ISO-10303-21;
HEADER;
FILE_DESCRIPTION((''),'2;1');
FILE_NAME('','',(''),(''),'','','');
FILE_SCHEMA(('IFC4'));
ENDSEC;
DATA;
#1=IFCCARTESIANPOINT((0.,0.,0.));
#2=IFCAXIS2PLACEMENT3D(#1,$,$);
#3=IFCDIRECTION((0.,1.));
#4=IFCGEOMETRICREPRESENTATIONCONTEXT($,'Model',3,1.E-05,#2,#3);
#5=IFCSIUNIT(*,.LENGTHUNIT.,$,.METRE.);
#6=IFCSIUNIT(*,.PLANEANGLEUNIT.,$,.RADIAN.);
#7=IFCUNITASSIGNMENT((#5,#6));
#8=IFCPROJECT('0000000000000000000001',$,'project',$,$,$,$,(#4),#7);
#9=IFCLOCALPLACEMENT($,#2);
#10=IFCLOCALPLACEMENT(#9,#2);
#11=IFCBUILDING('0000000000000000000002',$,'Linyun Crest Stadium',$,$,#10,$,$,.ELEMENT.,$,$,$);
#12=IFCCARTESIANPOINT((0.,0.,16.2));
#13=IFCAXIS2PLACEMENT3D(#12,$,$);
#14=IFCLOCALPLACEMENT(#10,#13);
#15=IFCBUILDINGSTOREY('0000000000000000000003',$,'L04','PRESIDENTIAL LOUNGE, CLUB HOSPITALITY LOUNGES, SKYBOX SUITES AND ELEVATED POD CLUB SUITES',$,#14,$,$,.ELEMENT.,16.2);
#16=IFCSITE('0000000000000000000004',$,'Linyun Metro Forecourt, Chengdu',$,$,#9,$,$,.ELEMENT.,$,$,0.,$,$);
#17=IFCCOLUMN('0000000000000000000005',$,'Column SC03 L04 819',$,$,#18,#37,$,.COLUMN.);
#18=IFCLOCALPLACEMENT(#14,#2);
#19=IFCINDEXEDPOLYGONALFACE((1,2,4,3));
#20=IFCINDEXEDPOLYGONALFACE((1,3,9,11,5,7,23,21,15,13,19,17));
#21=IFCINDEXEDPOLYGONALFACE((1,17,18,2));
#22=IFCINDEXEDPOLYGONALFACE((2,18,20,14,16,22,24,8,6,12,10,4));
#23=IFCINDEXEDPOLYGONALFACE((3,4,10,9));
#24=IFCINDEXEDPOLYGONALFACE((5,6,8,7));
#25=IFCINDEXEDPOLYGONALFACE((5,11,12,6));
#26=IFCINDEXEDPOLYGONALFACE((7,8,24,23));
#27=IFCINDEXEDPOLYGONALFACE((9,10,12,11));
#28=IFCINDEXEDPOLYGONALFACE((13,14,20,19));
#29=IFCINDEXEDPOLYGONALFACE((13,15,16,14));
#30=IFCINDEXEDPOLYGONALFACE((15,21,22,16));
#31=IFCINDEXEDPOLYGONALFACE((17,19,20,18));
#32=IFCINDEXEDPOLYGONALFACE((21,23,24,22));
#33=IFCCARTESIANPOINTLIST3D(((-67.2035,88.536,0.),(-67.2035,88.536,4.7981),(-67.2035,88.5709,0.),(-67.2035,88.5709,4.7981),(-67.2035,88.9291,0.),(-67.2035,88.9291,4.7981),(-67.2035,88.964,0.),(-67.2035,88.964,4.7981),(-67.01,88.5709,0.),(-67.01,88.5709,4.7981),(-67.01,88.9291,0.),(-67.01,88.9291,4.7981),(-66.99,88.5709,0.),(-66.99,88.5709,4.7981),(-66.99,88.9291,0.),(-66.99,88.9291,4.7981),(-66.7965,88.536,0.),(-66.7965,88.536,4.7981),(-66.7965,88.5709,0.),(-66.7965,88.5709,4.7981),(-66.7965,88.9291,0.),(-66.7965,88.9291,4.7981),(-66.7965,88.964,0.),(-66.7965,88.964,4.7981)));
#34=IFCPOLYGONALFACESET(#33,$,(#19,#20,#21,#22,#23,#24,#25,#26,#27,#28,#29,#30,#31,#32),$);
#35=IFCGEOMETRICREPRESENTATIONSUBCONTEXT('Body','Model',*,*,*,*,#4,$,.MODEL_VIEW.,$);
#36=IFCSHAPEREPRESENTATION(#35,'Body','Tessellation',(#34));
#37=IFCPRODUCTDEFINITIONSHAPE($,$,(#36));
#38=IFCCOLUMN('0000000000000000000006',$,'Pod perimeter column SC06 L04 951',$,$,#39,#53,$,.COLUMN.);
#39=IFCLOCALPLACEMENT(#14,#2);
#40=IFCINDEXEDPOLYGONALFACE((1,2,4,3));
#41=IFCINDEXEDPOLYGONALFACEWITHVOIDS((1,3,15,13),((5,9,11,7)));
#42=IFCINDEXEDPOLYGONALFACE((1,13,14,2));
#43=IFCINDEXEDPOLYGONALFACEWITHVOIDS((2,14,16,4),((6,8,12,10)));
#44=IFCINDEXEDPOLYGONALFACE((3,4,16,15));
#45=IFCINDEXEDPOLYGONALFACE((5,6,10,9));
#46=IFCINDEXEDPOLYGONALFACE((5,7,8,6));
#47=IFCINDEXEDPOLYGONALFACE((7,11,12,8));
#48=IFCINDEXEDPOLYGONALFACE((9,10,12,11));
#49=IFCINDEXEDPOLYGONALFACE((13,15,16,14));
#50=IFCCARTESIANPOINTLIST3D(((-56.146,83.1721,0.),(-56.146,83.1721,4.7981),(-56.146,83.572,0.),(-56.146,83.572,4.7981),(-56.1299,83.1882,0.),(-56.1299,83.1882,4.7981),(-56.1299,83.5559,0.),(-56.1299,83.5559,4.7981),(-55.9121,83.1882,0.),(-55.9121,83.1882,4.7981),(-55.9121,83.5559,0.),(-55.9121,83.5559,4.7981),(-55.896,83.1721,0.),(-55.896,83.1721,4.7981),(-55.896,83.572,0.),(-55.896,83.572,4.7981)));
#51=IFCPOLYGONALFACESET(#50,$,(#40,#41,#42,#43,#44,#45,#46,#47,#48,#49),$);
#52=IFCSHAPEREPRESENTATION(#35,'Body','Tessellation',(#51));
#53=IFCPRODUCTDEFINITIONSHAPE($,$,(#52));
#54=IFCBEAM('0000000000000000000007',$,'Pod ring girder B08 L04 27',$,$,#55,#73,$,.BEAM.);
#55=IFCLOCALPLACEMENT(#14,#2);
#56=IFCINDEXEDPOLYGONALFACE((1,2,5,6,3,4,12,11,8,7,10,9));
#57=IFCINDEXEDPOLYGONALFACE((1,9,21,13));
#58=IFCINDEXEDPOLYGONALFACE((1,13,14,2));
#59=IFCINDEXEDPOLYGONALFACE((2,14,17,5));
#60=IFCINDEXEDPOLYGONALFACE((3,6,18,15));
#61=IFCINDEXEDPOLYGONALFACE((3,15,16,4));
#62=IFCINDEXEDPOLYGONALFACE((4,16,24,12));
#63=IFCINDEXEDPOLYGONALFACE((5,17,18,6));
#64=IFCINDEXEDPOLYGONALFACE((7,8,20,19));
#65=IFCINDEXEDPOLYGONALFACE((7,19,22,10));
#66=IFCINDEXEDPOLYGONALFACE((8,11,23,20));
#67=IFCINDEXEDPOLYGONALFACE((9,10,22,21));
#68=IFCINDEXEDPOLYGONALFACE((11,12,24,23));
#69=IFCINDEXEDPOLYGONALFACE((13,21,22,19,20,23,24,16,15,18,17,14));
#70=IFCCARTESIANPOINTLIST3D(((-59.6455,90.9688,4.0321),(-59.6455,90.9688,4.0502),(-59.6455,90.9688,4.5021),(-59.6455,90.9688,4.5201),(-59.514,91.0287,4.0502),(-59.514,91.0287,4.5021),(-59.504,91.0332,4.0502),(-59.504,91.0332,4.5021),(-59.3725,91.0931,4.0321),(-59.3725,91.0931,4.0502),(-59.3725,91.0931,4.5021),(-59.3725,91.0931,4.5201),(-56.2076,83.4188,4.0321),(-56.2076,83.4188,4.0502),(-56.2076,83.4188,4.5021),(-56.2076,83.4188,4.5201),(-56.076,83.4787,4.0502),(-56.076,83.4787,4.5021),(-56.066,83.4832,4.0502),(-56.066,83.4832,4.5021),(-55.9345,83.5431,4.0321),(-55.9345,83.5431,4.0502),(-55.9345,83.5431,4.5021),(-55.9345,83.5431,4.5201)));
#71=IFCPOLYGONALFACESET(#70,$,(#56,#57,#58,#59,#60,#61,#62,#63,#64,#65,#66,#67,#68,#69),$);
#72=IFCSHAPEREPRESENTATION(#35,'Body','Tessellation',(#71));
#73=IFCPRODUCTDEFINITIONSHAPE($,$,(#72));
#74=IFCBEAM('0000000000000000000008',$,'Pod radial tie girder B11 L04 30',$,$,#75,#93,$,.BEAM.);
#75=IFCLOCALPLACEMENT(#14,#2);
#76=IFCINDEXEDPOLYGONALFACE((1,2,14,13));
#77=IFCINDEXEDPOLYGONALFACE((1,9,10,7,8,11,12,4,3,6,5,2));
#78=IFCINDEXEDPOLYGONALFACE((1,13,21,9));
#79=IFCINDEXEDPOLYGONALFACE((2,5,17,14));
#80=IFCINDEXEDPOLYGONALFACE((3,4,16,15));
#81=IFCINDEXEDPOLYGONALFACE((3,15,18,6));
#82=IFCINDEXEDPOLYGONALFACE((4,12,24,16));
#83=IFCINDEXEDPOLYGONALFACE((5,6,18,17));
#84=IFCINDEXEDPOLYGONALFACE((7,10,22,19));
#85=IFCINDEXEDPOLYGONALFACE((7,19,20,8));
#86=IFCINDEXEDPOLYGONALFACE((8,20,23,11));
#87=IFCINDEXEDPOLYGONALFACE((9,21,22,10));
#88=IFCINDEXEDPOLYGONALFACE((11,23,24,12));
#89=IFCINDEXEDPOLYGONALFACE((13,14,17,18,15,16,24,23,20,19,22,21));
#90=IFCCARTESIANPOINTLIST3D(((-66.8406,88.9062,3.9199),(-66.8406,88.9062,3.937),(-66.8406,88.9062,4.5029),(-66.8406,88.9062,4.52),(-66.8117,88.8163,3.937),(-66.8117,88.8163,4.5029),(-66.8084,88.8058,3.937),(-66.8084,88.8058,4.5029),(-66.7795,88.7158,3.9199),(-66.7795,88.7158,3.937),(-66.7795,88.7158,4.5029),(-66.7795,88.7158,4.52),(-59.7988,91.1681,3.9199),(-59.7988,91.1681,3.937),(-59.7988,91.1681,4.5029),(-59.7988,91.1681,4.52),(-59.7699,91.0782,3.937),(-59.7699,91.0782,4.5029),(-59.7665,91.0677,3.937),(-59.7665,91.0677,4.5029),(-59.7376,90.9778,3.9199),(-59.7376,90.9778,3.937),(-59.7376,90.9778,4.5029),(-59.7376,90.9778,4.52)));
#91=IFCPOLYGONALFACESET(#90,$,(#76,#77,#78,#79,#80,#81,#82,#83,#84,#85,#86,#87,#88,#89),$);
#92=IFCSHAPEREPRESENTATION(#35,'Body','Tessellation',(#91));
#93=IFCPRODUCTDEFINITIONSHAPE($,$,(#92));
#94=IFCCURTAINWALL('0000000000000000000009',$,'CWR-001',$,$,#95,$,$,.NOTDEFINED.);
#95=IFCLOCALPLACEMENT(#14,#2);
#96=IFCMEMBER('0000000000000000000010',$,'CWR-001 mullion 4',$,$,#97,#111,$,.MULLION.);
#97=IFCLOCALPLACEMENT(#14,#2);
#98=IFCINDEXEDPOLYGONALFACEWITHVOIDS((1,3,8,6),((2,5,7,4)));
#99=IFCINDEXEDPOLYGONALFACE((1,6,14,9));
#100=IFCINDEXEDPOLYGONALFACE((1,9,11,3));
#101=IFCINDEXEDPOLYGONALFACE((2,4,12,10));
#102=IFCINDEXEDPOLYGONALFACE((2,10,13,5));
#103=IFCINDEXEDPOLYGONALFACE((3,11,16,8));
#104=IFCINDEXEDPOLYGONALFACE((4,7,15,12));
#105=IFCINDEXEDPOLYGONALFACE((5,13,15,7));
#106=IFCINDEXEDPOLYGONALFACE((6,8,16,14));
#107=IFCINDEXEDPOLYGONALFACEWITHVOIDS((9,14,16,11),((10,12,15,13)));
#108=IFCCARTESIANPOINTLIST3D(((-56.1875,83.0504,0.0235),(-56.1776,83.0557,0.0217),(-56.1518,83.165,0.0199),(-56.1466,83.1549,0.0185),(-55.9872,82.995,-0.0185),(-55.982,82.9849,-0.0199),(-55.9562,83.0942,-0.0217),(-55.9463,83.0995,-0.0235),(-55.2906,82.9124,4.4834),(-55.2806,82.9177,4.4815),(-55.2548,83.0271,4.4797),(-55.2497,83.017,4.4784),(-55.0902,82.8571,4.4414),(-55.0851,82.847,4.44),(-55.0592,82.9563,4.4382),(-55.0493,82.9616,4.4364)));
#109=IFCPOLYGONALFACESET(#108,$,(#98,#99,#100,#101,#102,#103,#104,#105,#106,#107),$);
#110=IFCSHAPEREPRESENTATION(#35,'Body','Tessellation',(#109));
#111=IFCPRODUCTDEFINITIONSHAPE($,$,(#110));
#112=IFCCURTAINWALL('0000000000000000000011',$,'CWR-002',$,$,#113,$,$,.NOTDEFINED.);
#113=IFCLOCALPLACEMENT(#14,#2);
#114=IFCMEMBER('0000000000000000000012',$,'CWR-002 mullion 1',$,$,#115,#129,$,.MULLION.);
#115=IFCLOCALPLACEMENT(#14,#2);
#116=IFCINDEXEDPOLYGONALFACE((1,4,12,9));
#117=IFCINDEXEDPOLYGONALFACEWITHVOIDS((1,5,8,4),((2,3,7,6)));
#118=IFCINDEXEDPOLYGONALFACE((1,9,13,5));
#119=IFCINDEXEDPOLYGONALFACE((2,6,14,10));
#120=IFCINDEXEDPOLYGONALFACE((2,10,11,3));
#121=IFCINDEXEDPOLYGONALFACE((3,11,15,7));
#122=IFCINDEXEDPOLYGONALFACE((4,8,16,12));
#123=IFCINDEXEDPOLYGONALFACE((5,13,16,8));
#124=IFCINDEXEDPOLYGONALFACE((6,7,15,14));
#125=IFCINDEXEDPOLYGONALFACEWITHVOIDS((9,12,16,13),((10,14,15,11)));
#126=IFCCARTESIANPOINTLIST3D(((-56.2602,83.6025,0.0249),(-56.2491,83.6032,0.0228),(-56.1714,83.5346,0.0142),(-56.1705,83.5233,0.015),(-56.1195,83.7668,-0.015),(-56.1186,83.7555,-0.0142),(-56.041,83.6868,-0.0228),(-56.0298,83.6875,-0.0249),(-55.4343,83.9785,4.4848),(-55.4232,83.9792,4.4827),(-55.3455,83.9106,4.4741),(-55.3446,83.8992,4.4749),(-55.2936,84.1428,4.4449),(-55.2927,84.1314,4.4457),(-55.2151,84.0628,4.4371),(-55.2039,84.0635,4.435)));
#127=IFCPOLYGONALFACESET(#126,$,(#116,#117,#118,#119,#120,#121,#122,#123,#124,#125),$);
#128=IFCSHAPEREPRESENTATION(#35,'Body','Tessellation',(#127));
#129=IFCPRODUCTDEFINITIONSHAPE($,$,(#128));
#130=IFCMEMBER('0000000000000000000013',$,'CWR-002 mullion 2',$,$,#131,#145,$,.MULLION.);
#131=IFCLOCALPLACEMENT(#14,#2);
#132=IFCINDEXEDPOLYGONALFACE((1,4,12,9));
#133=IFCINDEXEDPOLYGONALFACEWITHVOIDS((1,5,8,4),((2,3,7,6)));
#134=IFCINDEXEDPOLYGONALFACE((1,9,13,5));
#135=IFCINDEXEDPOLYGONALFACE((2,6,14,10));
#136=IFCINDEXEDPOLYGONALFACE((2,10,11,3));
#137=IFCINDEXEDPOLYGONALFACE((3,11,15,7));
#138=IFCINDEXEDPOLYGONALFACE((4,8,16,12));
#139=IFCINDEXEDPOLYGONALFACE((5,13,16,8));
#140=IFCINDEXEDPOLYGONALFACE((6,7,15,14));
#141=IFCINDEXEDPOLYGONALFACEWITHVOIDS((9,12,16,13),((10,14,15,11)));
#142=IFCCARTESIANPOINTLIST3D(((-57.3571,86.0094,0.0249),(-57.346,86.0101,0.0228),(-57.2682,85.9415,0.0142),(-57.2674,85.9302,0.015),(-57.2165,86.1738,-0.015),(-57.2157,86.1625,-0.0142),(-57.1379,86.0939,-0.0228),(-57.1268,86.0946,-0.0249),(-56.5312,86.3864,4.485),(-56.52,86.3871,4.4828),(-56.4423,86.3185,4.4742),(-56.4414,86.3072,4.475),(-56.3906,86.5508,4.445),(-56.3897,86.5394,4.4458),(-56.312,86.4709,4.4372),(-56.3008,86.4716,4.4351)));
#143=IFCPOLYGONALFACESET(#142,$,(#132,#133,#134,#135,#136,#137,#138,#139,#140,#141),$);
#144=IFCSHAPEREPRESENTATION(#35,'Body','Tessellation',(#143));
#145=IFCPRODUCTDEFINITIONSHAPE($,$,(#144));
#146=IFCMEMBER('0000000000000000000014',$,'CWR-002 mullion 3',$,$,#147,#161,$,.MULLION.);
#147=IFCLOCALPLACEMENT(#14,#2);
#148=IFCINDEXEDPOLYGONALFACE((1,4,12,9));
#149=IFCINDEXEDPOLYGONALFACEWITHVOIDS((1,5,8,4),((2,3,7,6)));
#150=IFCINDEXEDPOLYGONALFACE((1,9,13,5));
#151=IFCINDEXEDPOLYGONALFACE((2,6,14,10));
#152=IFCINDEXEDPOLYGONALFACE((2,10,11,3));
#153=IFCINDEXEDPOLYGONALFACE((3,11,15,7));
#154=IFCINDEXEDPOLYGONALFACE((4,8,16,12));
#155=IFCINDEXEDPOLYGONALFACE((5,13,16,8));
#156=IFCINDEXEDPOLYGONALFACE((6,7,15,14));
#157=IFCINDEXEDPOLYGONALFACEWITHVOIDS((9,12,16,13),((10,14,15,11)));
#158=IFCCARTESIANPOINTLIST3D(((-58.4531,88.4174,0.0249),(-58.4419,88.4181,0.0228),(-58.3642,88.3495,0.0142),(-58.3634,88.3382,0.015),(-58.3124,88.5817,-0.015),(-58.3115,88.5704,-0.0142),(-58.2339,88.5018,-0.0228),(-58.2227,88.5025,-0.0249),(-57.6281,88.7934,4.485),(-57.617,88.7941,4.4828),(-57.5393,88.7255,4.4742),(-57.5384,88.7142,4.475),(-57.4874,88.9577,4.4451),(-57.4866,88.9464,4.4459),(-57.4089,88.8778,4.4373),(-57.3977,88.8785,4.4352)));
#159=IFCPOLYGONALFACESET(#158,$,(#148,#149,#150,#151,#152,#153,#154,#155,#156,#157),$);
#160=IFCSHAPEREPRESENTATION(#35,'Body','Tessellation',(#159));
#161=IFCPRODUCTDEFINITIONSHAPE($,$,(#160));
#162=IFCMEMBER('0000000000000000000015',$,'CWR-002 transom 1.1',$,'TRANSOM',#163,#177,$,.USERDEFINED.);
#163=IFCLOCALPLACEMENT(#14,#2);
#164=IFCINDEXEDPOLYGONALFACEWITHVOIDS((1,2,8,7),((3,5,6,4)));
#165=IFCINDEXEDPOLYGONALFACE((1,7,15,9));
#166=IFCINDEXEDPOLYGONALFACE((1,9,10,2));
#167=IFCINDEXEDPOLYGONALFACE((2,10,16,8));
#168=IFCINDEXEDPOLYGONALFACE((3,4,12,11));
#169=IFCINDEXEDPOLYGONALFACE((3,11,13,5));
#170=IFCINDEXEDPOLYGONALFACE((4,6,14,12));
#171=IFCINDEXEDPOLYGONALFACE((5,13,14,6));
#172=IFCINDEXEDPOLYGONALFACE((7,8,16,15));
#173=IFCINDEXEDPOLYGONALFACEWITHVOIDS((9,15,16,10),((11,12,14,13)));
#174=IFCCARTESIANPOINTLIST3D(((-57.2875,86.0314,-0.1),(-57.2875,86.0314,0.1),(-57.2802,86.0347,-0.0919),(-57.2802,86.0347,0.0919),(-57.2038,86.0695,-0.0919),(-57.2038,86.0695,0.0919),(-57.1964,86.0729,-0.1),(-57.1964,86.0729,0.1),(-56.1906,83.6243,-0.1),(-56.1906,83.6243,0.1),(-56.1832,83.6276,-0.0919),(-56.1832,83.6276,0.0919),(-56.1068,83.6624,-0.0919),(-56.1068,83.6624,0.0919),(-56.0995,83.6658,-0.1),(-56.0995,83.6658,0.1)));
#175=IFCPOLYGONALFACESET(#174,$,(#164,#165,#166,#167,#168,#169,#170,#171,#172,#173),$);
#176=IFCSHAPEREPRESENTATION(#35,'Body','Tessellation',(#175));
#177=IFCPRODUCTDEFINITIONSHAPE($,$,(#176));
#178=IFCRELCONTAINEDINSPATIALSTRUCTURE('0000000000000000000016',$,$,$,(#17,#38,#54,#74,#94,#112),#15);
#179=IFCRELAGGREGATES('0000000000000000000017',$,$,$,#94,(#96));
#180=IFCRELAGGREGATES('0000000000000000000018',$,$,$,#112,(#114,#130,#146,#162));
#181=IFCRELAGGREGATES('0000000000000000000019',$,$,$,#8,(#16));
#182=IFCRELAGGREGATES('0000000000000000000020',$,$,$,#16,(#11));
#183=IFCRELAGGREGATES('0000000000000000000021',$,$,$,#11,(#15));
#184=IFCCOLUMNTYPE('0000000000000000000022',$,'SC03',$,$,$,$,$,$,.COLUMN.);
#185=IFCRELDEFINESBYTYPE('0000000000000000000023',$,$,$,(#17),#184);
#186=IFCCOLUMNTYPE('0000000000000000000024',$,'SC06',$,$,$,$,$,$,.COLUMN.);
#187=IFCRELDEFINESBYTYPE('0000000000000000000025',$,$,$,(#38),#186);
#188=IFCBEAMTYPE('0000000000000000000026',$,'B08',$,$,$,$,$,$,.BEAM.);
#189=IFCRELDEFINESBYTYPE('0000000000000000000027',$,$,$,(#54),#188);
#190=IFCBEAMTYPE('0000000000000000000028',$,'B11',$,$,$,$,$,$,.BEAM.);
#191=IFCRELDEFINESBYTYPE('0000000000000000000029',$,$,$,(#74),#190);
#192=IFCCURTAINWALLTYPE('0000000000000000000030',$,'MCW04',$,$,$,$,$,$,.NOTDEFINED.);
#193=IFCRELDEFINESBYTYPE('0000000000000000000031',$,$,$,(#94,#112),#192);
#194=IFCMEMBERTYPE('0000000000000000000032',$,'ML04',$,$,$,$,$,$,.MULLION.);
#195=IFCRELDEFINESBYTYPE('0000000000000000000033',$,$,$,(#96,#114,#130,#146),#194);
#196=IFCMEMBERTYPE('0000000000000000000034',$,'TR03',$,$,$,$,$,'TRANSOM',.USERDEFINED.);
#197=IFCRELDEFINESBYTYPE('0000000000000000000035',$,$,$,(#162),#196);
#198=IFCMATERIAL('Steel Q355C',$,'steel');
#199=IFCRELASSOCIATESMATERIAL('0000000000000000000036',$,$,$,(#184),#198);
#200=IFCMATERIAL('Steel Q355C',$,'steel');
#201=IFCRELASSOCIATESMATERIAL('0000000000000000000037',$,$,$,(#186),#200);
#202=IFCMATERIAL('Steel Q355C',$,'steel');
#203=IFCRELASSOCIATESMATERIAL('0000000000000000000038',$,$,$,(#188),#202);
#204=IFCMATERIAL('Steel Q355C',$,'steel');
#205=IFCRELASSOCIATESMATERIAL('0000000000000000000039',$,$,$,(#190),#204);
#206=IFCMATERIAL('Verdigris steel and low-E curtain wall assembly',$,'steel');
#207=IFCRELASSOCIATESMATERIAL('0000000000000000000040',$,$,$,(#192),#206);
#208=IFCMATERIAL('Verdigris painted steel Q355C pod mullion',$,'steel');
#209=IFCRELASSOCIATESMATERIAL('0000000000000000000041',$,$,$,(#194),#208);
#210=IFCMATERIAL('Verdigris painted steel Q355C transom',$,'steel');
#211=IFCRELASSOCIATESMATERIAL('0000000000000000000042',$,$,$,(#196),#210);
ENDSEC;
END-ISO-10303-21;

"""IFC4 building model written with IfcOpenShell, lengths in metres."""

from ifc_helpers import new_model, si_unit, direction, frame, origin, origin_2d, place, context, subcontext, project, spatial, hollow_rectangle, i_section, extrude, material, material_profile, profile_set, type_object, element, aggregate, save


model = new_model("IFC4")

# Units and contexts
model_context = context("Model", 3, precision=1e-05, world=origin(), true_north=direction((0.0, 1.0)))
body_context = subcontext(model_context, "Body", "Model", "MODEL_VIEW")
ifc_project = project(units=[si_unit("LENGTHUNIT", "METRE"), si_unit("PLANEANGLEUNIT", "RADIAN")], contexts=[model_context])

# Site, building, storey
site_placement = place(None, origin())
site = spatial("IfcSite", under=ifc_project, at=site_placement, Name="Linyun Metro Forecourt, Chengdu", CompositionType="ELEMENT", RefElevation=0.0)
building_placement = place(site_placement, origin())
building = spatial("IfcBuilding", under=site, at=building_placement, Name="Linyun Crest Stadium", CompositionType="ELEMENT")
storey_placement = place(building_placement, frame((0.0, 0.0, 16.2)))
storey = spatial("IfcBuildingStorey", under=building, at=storey_placement, Name="L04", Description="PRESIDENTIAL LOUNGE, CLUB HOSPITALITY LOUNGES, SKYBOX SUITES AND ELEVATED POD CLUB SUITES", CompositionType="ELEMENT", Elevation=16.2)

# Columns
ifc_material_1 = material(Name="Steel Q355C", Category="steel")
ifc_material_profile_1 = material_profile(ifc_material_1, i_section(OverallWidth=0.407, OverallDepth=0.428, WebThickness=0.02, FlangeThickness=0.0349, at=origin_2d()), Name="HW 428x407")
ifc_profile_set_1 = profile_set([ifc_material_profile_1], Name="Steel Q355C")
column_type_1 = type_object("IfcColumnType", Name="SC03", PredefinedType="COLUMN", material=ifc_profile_set_1)
column_1_placement = place(storey_placement, frame((-67.0, 88.75, 0.0), z_axis=(0.0, 0.0, 1.0), x_axis=(1.0, 0.0, 0.0)))
element("IfcColumn", 1, at=column_1_placement, inside=storey, type_object=column_type_1, Name="Column SC03 L04 819", PredefinedType="COLUMN", context=body_context, shape_type="SweptSolid", body=[
    extrude(i_section(OverallWidth=0.407, OverallDepth=0.428, WebThickness=0.02, FlangeThickness=0.0349, at=origin_2d()), origin(), (0.0, 0.0, 1.0), 4.7981),
])
ifc_material_2 = material(Name="Steel Q355C", Category="steel")
ifc_material_profile_2 = material_profile(ifc_material_2, hollow_rectangle(XDim=0.25, YDim=0.3999, WallThickness=0.0161, at=origin_2d()), Name="RHS 400x250x16")
ifc_profile_set_2 = profile_set([ifc_material_profile_2], Name="Steel Q355C")
column_type_2 = type_object("IfcColumnType", Name="SC06", PredefinedType="COLUMN", material=ifc_profile_set_2)
column_2_placement = place(storey_placement, frame((-56.021, 83.3721, 0.0), z_axis=(0.0, 0.0, 1.0), x_axis=(1.0, 0.0, 0.0)))
element("IfcColumn", 2, at=column_2_placement, inside=storey, type_object=column_type_2, Name="Pod perimeter column SC06 L04 951", PredefinedType="COLUMN", context=body_context, shape_type="SweptSolid", body=[
    extrude(hollow_rectangle(XDim=0.25, YDim=0.3999, WallThickness=0.0161, at=origin_2d()), origin(), (0.0, 0.0, 1.0), 4.7981),
])

# Beams
ifc_material_3 = material(Name="Steel Q355C", Category="steel")
ifc_material_profile_3 = material_profile(ifc_material_3, i_section(OverallWidth=0.3, OverallDepth=0.488, WebThickness=0.011, FlangeThickness=0.0181, at=origin_2d()), Name="HM 488x300")
ifc_profile_set_3 = profile_set([ifc_material_profile_3], Name="Steel Q355C")
beam_type_1 = type_object("IfcBeamType", Name="B08", PredefinedType="BEAM", material=ifc_profile_set_3)
beam_1_placement = place(storey_placement, frame((-56.071, 83.481, 4.2761), z_axis=(-0.414417, 0.910087, 0.0), x_axis=(-0.910087, -0.414417, 0.0)))
element("IfcBeam", 3, at=beam_1_placement, inside=storey, type_object=beam_type_1, Name="Pod ring girder B08 L04 27", PredefinedType="BEAM", context=body_context, shape_type="SweptSolid", body=[
    extrude(i_section(OverallWidth=0.3, OverallDepth=0.488, WebThickness=0.011, FlangeThickness=0.0181, at=origin_2d()), origin(), (0.0, 0.0, 1.0), 8.2959),
])
ifc_material_4 = material(Name="Steel Q355C", Category="steel")
ifc_material_profile_4 = material_profile(ifc_material_4, i_section(OverallWidth=0.2, OverallDepth=0.6001, WebThickness=0.011, FlangeThickness=0.0171, at=origin_2d()), Name="HN 600x200")
ifc_profile_set_4 = profile_set([ifc_material_profile_4], Name="Steel Q355C")
beam_type_2 = type_object("IfcBeamType", Name="B11", PredefinedType="BEAM", material=ifc_profile_set_4)
beam_2_placement = place(storey_placement, frame((-66.8101, 88.811, 4.22), z_axis=(0.952089, 0.305821, 0.0), x_axis=(-0.305821, 0.952089, 0.0)))
element("IfcBeam", 4, at=beam_2_placement, inside=storey, type_object=beam_type_2, Name="Pod radial tie girder B11 L04 30", PredefinedType="BEAM", context=body_context, shape_type="SweptSolid", body=[
    extrude(i_section(OverallWidth=0.2, OverallDepth=0.6001, WebThickness=0.011, FlangeThickness=0.0171, at=origin_2d()), origin(), (0.0, 0.0, 1.0), 7.3962),
])

# Curtain wall, member
ifc_material_5 = material(Name="Verdigris steel and low-E curtain wall assembly", Category="steel")
curtain_wall_type = type_object("IfcCurtainWallType", Name="MCW04", PredefinedType="NOTDEFINED", material=ifc_material_5)
curtain_wall_1_placement = place(storey_placement, origin())
curtain_wall_1 = element("IfcCurtainWall", 5, at=curtain_wall_1_placement, inside=storey, type_object=curtain_wall_type, Name="CWR-001", PredefinedType="NOTDEFINED")
ifc_material_6 = material(Name="Verdigris painted steel Q355C pod mullion", Category="steel")
ifc_material_profile_5 = material_profile(ifc_material_6, hollow_rectangle(XDim=0.1201, YDim=0.22, WallThickness=0.0081, at=origin_2d()), Name="RHS 220x120x8")
ifc_profile_set_5 = profile_set([ifc_material_profile_5], Name="Verdigris painted steel Q355C pod mullion")
member_type_1 = type_object("IfcMemberType", Name="ML04", PredefinedType="MULLION", material=ifc_profile_set_5)
member_1_placement = place(storey_placement, frame((-56.0669, 83.075, 0.0), z_axis=(0.197078, -0.030307, 0.979919), x_axis=(-0.297564, -0.95422, 0.030333)))
member_1 = element("IfcMember", 6, at=member_1_placement, type_object=member_type_1, Name="CWR-001 mullion 4", PredefinedType="MULLION", context=body_context, shape_type="SweptSolid", body=[
    extrude(hollow_rectangle(XDim=0.1201, YDim=0.22, WallThickness=0.0081, at=origin_2d()), origin(), (0.0, 0.0, 1.0), 4.5513),
])

# Curtain wall, members
curtain_wall_2_placement = place(storey_placement, origin())
curtain_wall_2 = element("IfcCurtainWall", 7, at=curtain_wall_2_placement, inside=storey, type_object=curtain_wall_type, Name="CWR-002", PredefinedType="NOTDEFINED")
member_2_placement = place(storey_placement, frame((-56.145, 83.645, 0.0), z_axis=(0.181469, 0.082608, 0.979921), x_axis=(0.746743, -0.659957, -0.082653)))
member_2 = element("IfcMember", 8, at=member_2_placement, type_object=member_type_1, Name="CWR-002 mullion 1", PredefinedType="MULLION", context=body_context, shape_type="SweptSolid", body=[
    extrude(hollow_rectangle(XDim=0.1201, YDim=0.22, WallThickness=0.0081, at=origin_2d()), origin(), (0.0, 0.0, 1.0), 4.5513),
])
member_3_placement = place(storey_placement, frame((-57.2419, 86.052, 0.0), z_axis=(0.181466, 0.082821, 0.979904), x_axis=(0.747382, -0.659229, -0.082688)))
member_3 = element("IfcMember", 9, at=member_3_placement, type_object=member_type_1, Name="CWR-002 mullion 2", PredefinedType="MULLION", context=body_context, shape_type="SweptSolid", body=[
    extrude(hollow_rectangle(XDim=0.1201, YDim=0.22, WallThickness=0.0081, at=origin_2d()), origin(), (0.0, 0.0, 1.0), 4.5515),
])
member_4_placement = place(storey_placement, frame((-58.3379, 88.46, 0.0), z_axis=(0.181261, 0.082611, 0.979959), x_axis=(0.747052, -0.659617, -0.082575)))
member_4 = element("IfcMember", 10, at=member_4_placement, type_object=member_type_1, Name="CWR-002 mullion 3", PredefinedType="MULLION", context=body_context, shape_type="SweptSolid", body=[
    extrude(hollow_rectangle(XDim=0.1201, YDim=0.22, WallThickness=0.0081, at=origin_2d()), origin(), (0.0, 0.0, 1.0), 4.5513),
])
ifc_material_7 = material(Name="Verdigris painted steel Q355C transom", Category="steel")
ifc_material_profile_6 = material_profile(ifc_material_7, hollow_rectangle(XDim=0.1001, YDim=0.2, WallThickness=0.0081, at=origin_2d()), Name="RHS 200x100x8")
ifc_profile_set_6 = profile_set([ifc_material_profile_6], Name="Verdigris painted steel Q355C transom")
member_type_2 = type_object("IfcMemberType", Name="TR03", ElementType="TRANSOM", PredefinedType="USERDEFINED", material=ifc_profile_set_6)
member_5_placement = place(storey_placement, frame((-56.145, 83.645, 0.0), z_axis=(-0.414693, 0.909961, 0.0), x_axis=(-0.909961, -0.414693, 0.0)))
member_5 = element("IfcMember", 11, at=member_5_placement, type_object=member_type_2, Name="CWR-002 transom 1.1", ObjectType="TRANSOM", PredefinedType="USERDEFINED", context=body_context, shape_type="SweptSolid", body=[
    extrude(hollow_rectangle(XDim=0.1001, YDim=0.2, WallThickness=0.0081, at=origin_2d()), origin(), (0.0, 0.0, 1.0), 2.6453),
])

aggregate(curtain_wall_1, [member_1])
aggregate(curtain_wall_2, [member_2, member_3, member_4, member_5])

save(model, "model.ifc")
